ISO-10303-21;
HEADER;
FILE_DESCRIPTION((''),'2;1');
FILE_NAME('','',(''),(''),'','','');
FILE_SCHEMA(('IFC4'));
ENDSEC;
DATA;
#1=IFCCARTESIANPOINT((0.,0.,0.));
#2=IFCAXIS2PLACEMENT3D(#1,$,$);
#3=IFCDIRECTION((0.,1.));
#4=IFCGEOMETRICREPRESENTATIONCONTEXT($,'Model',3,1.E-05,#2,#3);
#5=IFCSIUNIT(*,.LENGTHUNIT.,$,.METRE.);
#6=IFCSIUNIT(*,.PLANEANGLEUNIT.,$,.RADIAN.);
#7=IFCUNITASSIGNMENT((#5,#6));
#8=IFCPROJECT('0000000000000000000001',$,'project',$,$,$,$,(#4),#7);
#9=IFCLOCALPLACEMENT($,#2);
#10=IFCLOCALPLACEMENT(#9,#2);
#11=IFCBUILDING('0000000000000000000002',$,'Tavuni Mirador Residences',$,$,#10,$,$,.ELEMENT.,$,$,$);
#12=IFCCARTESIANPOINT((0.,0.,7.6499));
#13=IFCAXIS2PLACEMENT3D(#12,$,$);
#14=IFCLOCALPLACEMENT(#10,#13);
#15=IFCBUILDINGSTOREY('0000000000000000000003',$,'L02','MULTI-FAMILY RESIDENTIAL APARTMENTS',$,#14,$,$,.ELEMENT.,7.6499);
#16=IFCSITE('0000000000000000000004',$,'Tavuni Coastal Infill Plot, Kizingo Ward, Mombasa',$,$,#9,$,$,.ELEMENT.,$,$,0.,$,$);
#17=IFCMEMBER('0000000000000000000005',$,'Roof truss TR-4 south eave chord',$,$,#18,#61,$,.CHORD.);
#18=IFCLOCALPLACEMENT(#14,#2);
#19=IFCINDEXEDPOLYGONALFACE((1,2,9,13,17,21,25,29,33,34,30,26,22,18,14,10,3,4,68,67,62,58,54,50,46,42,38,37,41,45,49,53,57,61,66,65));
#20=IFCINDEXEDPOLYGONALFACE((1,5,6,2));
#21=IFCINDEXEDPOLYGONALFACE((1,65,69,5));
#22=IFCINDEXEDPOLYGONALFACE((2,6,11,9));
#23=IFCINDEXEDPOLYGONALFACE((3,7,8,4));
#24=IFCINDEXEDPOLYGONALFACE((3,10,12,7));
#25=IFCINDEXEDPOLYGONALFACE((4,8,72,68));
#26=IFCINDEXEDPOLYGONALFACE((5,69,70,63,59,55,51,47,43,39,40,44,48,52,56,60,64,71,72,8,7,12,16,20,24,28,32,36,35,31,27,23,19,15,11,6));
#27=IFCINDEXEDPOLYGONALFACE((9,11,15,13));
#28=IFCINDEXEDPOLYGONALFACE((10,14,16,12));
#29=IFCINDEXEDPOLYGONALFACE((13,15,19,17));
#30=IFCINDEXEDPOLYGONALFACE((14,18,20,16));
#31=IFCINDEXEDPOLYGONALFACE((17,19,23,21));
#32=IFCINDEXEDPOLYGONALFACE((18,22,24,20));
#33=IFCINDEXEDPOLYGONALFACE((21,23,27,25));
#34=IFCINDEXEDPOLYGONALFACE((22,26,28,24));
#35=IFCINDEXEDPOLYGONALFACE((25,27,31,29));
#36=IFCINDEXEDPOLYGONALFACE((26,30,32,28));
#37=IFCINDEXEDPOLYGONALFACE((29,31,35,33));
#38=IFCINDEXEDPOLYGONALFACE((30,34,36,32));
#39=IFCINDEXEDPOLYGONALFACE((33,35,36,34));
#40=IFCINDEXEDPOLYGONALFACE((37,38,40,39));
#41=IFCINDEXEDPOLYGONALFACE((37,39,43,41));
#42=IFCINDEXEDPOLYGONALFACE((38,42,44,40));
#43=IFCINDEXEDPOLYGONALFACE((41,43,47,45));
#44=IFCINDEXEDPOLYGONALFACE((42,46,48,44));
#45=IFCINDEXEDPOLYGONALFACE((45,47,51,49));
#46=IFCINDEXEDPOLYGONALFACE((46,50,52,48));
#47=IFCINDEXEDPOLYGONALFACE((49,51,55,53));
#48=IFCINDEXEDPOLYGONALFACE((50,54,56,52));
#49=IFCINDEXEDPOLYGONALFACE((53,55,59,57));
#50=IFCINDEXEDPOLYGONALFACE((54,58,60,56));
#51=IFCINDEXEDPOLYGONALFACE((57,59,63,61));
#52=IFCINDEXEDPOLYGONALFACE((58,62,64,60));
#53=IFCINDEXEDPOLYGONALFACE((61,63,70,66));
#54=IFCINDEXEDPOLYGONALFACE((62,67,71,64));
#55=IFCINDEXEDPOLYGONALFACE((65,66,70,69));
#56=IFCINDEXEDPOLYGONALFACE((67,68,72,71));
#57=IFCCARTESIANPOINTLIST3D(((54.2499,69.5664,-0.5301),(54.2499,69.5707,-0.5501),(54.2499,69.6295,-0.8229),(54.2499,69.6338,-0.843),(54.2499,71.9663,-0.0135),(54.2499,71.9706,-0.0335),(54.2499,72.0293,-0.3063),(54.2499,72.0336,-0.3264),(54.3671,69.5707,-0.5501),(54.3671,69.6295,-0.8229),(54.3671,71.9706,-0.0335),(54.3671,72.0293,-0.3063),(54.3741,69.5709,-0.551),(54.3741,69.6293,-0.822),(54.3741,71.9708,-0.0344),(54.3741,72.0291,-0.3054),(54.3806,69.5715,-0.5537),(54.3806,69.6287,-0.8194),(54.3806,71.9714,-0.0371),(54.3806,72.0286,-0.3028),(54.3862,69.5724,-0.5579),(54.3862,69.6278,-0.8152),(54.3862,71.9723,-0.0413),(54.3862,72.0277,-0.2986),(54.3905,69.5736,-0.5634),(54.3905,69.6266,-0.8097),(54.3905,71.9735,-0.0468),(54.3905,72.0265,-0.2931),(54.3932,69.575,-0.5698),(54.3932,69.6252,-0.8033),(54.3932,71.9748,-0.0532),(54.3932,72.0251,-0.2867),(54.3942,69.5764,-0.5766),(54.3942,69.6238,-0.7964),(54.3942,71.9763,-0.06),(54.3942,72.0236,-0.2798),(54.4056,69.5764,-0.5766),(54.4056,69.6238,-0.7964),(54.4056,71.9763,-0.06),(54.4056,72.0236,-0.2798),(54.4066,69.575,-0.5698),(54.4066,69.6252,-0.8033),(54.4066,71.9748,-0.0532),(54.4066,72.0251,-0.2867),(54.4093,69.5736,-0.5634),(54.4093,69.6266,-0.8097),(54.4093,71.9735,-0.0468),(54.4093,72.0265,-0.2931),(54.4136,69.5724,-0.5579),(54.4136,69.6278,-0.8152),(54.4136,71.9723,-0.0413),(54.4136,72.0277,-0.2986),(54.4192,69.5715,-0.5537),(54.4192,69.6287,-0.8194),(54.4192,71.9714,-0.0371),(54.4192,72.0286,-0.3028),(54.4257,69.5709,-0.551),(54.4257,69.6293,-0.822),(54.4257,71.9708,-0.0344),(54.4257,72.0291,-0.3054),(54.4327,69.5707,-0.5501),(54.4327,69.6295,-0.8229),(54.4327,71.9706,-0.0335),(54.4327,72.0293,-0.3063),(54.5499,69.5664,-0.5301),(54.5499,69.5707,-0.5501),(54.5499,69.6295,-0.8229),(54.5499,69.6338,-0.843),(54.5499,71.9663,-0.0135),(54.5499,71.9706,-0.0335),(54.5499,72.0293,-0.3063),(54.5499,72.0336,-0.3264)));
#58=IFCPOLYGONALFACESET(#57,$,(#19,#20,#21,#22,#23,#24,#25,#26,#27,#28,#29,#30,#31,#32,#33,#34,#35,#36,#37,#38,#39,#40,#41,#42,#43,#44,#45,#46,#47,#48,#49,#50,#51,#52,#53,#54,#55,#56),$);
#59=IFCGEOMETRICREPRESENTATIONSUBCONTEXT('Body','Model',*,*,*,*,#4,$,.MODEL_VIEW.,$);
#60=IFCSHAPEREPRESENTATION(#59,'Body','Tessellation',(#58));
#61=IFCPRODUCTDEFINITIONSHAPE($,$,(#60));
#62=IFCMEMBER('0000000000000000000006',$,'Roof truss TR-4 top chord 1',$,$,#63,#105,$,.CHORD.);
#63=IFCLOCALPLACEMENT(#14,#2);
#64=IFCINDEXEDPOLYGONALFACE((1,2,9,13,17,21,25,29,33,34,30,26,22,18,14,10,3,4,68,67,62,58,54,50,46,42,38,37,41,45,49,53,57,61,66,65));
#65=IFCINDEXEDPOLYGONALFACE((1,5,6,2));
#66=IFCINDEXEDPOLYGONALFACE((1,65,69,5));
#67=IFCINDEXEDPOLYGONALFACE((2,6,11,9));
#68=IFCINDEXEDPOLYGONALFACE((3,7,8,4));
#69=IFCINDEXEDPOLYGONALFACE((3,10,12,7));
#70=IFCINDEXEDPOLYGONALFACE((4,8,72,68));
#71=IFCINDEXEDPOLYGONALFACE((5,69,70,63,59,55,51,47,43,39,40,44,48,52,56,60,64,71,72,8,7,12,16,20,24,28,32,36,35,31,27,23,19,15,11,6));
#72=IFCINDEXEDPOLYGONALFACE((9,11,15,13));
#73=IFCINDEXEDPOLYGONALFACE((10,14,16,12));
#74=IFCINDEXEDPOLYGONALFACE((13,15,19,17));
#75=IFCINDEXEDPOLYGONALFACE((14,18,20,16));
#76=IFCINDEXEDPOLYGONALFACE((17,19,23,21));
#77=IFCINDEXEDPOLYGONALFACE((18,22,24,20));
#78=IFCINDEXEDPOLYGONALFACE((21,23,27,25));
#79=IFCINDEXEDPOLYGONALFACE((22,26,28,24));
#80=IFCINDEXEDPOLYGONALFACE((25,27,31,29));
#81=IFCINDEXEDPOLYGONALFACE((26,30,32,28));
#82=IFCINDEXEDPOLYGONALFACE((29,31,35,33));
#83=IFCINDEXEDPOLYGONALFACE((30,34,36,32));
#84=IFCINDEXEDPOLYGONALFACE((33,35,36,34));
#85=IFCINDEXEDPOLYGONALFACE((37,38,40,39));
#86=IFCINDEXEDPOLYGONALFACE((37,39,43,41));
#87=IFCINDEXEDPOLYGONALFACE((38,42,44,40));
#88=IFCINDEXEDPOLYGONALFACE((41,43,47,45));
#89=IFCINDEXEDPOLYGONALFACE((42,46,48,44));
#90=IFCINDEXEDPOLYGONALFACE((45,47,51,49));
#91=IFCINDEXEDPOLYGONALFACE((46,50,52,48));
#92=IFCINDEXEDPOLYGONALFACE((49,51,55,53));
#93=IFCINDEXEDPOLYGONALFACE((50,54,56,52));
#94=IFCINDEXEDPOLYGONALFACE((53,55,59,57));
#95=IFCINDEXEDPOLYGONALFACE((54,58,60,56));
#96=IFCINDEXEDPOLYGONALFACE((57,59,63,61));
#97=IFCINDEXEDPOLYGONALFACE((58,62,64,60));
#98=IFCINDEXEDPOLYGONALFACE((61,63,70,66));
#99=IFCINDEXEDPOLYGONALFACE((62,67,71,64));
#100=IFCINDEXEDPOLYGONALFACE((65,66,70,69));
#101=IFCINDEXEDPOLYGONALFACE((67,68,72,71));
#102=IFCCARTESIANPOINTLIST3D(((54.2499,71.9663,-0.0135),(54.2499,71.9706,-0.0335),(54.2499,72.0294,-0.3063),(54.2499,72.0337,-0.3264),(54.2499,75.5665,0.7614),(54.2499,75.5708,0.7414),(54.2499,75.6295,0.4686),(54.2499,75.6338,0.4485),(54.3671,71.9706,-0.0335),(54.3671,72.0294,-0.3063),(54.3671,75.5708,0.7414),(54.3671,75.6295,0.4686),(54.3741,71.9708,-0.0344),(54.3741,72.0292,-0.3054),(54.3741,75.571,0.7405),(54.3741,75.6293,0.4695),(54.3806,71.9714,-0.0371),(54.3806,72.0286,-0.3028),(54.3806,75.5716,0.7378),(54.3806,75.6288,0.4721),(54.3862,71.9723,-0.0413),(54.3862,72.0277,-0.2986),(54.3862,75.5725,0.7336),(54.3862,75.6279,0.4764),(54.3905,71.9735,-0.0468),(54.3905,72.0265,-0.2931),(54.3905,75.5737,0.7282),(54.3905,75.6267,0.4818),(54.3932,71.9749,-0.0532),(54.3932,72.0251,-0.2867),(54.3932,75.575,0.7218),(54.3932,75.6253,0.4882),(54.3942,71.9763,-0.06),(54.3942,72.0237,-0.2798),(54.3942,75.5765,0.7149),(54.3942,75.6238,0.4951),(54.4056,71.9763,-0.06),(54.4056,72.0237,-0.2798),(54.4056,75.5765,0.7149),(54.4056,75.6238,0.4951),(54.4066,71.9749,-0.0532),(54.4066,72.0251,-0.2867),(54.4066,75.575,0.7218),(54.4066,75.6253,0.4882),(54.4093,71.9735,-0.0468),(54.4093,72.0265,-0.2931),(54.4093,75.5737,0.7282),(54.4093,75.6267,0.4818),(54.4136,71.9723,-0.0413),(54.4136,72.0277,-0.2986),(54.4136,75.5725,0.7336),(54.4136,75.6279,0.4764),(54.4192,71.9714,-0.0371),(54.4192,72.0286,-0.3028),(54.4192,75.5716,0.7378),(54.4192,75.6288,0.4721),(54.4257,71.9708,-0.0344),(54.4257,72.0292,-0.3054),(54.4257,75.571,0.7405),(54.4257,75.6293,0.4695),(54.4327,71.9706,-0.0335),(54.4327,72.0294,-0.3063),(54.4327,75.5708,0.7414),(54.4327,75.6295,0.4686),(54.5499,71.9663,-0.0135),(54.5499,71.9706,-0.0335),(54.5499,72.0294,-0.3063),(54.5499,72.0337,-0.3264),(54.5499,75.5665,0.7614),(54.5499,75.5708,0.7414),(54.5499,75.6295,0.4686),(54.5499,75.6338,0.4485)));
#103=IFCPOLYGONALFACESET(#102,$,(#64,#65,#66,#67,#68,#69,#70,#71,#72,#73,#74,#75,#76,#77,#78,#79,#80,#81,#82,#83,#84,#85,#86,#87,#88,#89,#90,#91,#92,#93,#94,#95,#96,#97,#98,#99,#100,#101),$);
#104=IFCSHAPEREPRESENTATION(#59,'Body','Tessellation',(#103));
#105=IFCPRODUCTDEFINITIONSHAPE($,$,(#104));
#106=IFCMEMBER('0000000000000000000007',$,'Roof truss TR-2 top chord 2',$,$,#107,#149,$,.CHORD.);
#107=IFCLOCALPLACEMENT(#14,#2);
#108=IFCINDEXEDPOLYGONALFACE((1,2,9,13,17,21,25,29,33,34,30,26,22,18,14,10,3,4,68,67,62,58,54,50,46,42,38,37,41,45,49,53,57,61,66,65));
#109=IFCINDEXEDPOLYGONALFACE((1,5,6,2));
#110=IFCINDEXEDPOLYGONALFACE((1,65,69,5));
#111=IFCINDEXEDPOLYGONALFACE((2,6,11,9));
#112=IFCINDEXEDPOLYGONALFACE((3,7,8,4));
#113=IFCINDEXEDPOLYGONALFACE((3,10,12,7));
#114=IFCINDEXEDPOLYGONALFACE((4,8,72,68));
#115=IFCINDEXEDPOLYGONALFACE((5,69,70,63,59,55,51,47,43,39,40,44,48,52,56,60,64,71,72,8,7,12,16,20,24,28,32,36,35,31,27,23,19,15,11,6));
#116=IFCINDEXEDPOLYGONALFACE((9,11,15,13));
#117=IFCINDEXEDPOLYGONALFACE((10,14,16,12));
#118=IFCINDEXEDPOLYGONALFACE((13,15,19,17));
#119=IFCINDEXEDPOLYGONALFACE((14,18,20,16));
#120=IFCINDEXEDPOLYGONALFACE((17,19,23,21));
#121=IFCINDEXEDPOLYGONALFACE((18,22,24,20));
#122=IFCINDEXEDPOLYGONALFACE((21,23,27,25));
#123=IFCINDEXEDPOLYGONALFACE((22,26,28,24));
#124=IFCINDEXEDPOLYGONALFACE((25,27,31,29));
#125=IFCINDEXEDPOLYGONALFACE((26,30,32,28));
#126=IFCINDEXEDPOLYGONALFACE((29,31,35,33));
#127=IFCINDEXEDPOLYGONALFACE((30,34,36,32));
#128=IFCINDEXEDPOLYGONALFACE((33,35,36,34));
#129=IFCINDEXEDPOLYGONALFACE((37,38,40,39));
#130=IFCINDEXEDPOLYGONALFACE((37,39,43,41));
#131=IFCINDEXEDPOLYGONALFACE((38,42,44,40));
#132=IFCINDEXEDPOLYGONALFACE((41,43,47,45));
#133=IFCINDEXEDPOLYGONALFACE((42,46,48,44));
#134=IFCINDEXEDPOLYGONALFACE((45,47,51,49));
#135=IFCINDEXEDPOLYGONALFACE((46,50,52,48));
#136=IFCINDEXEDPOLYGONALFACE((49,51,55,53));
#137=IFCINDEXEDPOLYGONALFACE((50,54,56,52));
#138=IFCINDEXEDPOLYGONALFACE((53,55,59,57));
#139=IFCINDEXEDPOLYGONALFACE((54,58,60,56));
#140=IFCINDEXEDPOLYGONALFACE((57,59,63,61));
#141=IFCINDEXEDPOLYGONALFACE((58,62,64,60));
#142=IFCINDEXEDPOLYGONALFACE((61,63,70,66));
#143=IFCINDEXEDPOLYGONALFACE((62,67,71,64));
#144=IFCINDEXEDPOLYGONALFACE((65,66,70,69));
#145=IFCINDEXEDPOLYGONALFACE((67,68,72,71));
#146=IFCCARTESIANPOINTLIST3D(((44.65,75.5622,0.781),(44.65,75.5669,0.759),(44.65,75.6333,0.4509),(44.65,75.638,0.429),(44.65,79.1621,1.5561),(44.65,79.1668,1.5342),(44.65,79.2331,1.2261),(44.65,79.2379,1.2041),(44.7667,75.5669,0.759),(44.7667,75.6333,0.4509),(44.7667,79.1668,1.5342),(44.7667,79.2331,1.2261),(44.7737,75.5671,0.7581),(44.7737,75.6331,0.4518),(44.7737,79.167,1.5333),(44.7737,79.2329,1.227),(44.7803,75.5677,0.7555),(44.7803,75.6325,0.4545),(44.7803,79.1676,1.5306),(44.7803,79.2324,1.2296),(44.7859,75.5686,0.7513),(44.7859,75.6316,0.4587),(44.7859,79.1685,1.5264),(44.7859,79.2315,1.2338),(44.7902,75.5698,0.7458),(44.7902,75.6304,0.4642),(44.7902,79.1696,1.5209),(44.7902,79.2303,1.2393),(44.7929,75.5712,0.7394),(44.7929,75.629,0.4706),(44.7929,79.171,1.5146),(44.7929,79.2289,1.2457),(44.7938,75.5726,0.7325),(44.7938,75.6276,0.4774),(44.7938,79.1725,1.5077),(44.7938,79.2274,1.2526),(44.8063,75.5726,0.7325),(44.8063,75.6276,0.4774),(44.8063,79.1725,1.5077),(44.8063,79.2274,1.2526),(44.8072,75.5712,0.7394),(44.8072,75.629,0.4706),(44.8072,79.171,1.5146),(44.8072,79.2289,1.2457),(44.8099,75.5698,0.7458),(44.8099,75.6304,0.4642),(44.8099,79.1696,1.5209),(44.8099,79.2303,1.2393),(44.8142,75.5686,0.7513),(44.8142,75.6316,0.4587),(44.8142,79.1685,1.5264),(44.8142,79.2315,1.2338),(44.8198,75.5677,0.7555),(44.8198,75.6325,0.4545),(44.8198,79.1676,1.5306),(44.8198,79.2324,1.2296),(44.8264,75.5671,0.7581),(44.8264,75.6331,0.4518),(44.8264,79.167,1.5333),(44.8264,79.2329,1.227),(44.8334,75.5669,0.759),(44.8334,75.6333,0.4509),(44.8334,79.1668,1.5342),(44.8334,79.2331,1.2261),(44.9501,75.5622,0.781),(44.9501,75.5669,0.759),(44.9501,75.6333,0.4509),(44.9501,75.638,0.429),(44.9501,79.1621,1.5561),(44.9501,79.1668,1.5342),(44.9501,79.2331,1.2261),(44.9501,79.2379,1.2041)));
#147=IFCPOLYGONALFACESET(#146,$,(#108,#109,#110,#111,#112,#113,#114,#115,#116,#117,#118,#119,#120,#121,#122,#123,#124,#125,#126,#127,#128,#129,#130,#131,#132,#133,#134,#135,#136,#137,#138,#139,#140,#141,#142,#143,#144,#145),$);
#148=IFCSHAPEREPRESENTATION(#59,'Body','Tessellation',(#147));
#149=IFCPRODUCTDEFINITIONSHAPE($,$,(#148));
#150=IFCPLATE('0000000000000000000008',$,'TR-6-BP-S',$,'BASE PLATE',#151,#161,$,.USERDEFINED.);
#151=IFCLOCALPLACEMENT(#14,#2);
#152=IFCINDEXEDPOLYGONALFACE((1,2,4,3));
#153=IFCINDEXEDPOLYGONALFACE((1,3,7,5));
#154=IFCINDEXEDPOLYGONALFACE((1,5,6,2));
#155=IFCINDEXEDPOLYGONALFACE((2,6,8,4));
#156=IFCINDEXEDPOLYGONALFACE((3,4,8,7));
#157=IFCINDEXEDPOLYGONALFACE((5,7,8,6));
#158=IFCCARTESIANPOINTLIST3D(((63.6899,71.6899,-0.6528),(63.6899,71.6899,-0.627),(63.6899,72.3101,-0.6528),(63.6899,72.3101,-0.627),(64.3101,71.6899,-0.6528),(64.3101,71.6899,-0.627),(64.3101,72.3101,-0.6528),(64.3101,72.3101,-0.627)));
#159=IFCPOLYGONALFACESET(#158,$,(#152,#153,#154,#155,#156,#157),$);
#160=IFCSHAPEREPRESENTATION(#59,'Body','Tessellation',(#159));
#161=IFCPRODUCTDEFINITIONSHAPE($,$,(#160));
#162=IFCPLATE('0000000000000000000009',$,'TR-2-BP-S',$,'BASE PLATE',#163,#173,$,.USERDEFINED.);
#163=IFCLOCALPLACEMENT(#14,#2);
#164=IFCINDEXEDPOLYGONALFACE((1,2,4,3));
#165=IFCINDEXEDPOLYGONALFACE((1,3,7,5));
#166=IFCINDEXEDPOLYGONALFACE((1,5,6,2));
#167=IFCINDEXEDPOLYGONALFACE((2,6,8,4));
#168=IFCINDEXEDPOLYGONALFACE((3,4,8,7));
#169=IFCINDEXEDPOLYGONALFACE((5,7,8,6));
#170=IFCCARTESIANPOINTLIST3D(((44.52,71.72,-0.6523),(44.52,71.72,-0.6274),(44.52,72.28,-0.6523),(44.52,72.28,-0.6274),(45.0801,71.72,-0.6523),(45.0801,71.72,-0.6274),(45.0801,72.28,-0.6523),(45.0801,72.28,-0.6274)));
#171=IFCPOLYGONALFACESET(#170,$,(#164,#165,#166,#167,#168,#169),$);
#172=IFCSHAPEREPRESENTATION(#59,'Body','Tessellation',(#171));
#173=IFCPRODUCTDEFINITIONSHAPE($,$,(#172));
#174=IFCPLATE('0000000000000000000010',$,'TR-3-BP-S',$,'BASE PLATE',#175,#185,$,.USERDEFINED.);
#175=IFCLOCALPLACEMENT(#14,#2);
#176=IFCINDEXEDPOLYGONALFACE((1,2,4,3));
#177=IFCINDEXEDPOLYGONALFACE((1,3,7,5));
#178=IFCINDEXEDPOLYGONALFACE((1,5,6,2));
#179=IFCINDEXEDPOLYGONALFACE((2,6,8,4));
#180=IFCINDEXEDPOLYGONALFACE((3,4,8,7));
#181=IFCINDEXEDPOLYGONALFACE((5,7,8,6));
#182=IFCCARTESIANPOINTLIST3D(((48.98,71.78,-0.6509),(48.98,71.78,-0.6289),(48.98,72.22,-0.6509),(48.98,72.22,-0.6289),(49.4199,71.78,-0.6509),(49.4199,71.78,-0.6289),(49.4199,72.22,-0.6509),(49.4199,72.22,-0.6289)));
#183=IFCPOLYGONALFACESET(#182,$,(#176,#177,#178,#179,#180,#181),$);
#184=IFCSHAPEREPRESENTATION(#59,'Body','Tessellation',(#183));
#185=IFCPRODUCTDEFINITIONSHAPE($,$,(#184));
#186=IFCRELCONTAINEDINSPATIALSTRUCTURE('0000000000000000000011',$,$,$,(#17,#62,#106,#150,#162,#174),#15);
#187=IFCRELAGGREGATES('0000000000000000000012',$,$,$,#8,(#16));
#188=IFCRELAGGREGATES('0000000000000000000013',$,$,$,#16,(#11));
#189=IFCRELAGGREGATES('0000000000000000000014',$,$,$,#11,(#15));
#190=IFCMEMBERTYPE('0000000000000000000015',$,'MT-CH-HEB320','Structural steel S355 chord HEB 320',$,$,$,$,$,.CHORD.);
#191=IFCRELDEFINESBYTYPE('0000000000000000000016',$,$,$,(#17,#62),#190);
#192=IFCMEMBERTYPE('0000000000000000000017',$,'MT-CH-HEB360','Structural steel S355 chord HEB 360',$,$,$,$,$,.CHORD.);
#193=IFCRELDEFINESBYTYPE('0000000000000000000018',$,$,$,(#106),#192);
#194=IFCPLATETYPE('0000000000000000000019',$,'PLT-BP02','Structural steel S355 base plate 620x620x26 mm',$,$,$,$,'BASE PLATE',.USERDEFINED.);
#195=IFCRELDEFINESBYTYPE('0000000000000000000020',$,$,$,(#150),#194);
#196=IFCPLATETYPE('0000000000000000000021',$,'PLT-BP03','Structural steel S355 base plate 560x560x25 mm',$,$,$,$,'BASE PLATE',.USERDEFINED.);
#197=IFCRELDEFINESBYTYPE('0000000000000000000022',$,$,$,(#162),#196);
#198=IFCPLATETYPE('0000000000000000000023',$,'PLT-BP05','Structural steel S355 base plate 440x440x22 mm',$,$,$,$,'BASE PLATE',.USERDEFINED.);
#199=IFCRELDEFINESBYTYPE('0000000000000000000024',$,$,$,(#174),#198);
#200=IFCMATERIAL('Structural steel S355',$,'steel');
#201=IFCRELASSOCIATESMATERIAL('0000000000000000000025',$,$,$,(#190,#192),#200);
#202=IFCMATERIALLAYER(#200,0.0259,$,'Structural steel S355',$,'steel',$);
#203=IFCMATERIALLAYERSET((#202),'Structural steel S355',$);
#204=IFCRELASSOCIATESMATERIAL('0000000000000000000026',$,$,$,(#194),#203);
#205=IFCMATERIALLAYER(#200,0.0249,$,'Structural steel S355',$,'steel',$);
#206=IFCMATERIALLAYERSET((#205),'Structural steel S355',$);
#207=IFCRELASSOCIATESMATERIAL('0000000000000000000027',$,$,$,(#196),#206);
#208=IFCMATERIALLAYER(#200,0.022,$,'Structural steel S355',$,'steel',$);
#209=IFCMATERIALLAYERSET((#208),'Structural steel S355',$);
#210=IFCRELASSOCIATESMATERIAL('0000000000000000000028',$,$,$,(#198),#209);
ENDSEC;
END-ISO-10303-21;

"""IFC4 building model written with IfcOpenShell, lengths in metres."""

from ifc_helpers import new_model, si_unit, direction, frame, origin, origin_2d, place, context, subcontext, project, spatial, rectangle, i_section, extrude, material, layer, layer_set, material_profile, profile_set, type_object, element, save


model = new_model("IFC4")

# Units and contexts
model_context = context("Model", 3, precision=1e-05, world=origin(), true_north=direction((0.0, 1.0)))
body_context = subcontext(model_context, "Body", "Model", "MODEL_VIEW")
ifc_project = project(units=[si_unit("LENGTHUNIT", "METRE"), si_unit("PLANEANGLEUNIT", "RADIAN")], contexts=[model_context])

# Site, building, storey
site_placement = place(None, origin())
site = spatial("IfcSite", under=ifc_project, at=site_placement, Name="Tavuni Coastal Infill Plot, Kizingo Ward, Mombasa", CompositionType="ELEMENT", RefElevation=0.0)
building_placement = place(site_placement, origin())
building = spatial("IfcBuilding", under=site, at=building_placement, Name="Tavuni Mirador Residences", CompositionType="ELEMENT")
storey_placement = place(building_placement, frame((0.0, 0.0, 7.6499)))
storey = spatial("IfcBuildingStorey", under=building, at=storey_placement, Name="L02", Description="MULTI-FAMILY RESIDENTIAL APARTMENTS", CompositionType="ELEMENT", Elevation=7.6499)

# Shared definitions
ifc_material_1 = material(Name="Structural steel S355", Category="steel")

# Members
ifc_material_profile_1 = material_profile(ifc_material_1, i_section(OverallWidth=0.3, OverallDepth=0.3201, WebThickness=0.0115, FlangeThickness=0.0205, FilletRadius=0.0271, at=origin_2d()), Name="HEB 320", Category="steel")
ifc_profile_set_1 = profile_set([ifc_material_profile_1], Name="Structural steel S355")
member_type_1 = type_object("IfcMemberType", Name="MT-CH-HEB320", Description="Structural steel S355 chord HEB 320", PredefinedType="CHORD", material=ifc_profile_set_1)
member_1_placement = place(storey_placement, frame((54.3999, 69.6001, -0.6865), z_axis=(0.0, 0.977607, 0.210439), x_axis=(-1.0, 0.0, 0.0)))
element("IfcMember", 1, at=member_1_placement, inside=storey, type_object=member_type_1, Name="Roof truss TR-4 south eave chord", PredefinedType="CHORD", context=body_context, shape_type="SweptSolid", body=[
    extrude(i_section(OverallWidth=0.3, OverallDepth=0.3201, WebThickness=0.0115, FlangeThickness=0.0205, FilletRadius=0.0271, at=origin_2d()), origin(), (0.0, 0.0, 1.0), 2.4548),
])
member_2_placement = place(storey_placement, frame((54.3999, 72.0, -0.1699), z_axis=(0.0, 0.97761, 0.210425), x_axis=(-1.0, 0.0, 0.0)))
element("IfcMember", 2, at=member_2_placement, inside=storey, type_object=member_type_1, Name="Roof truss TR-4 top chord 1", PredefinedType="CHORD", context=body_context, shape_type="SweptSolid", body=[
    extrude(i_section(OverallWidth=0.3, OverallDepth=0.3201, WebThickness=0.0115, FlangeThickness=0.0205, FilletRadius=0.0271, at=origin_2d()), origin(), (0.0, 0.0, 1.0), 3.6826),
])
ifc_material_profile_2 = material_profile(ifc_material_1, i_section(OverallWidth=0.3, OverallDepth=0.3601, WebThickness=0.0125, FlangeThickness=0.0225, FilletRadius=0.0271, at=origin_2d()), Name="HEB 360", Category="steel")
ifc_profile_set_2 = profile_set([ifc_material_profile_2], Name="Structural steel S355")
member_type_2 = type_object("IfcMemberType", Name="MT-CH-HEB360", Description="Structural steel S355 chord HEB 360", PredefinedType="CHORD", material=ifc_profile_set_2)
member_3_placement = place(storey_placement, frame((44.8, 75.6001, 0.605), z_axis=(0.0, 0.977593, 0.210502), x_axis=(-1.0, 0.0, 0.0)))
element("IfcMember", 3, at=member_3_placement, inside=storey, type_object=member_type_2, Name="Roof truss TR-2 top chord 2", PredefinedType="CHORD", context=body_context, shape_type="SweptSolid", body=[
    extrude(i_section(OverallWidth=0.3, OverallDepth=0.3601, WebThickness=0.0125, FlangeThickness=0.0225, FilletRadius=0.0271, at=origin_2d()), origin(), (0.0, 0.0, 1.0), 3.6824),
])

# Plates
ifc_layer_1 = layer(ifc_material_1, 0.0259, Name="Structural steel S355", Category="steel")
ifc_layer_set_1 = layer_set([ifc_layer_1], Name="Structural steel S355")
plate_type_1 = type_object("IfcPlateType", Name="PLT-BP02", Description="Structural steel S355 base plate 620x620x26 mm", ElementType="BASE PLATE", PredefinedType="USERDEFINED", material=ifc_layer_set_1)
plate_1_placement = place(storey_placement, frame((64.0, 72.0, -0.6528), z_axis=(0.0, 0.0, 1.0), x_axis=(1.0, 0.0, 0.0)))
element("IfcPlate", 4, at=plate_1_placement, inside=storey, type_object=plate_type_1, Name="TR-6-BP-S", ObjectType="BASE PLATE", PredefinedType="USERDEFINED", context=body_context, shape_type="SweptSolid", body=[
    extrude(rectangle(XDim=0.6201, YDim=0.6201, at=origin_2d()), origin(), (0.0, 0.0, 1.0), 0.0259),
])
ifc_layer_2 = layer(ifc_material_1, 0.0249, Name="Structural steel S355", Category="steel")
ifc_layer_set_2 = layer_set([ifc_layer_2], Name="Structural steel S355")
plate_type_2 = type_object("IfcPlateType", Name="PLT-BP03", Description="Structural steel S355 base plate 560x560x25 mm", ElementType="BASE PLATE", PredefinedType="USERDEFINED", material=ifc_layer_set_2)
plate_2_placement = place(storey_placement, frame((44.8, 72.0, -0.6523), z_axis=(0.0, 0.0, 1.0), x_axis=(1.0, 0.0, 0.0)))
element("IfcPlate", 5, at=plate_2_placement, inside=storey, type_object=plate_type_2, Name="TR-2-BP-S", ObjectType="BASE PLATE", PredefinedType="USERDEFINED", context=body_context, shape_type="SweptSolid", body=[
    extrude(rectangle(XDim=0.5601, YDim=0.5601, at=origin_2d()), origin(), (0.0, 0.0, 1.0), 0.0249),
])
ifc_layer_3 = layer(ifc_material_1, 0.022, Name="Structural steel S355", Category="steel")
ifc_layer_set_3 = layer_set([ifc_layer_3], Name="Structural steel S355")
plate_type_3 = type_object("IfcPlateType", Name="PLT-BP05", Description="Structural steel S355 base plate 440x440x22 mm", ElementType="BASE PLATE", PredefinedType="USERDEFINED", material=ifc_layer_set_3)
plate_3_placement = place(storey_placement, frame((49.2, 72.0, -0.6509), z_axis=(0.0, 0.0, 1.0), x_axis=(1.0, 0.0, 0.0)))
element("IfcPlate", 6, at=plate_3_placement, inside=storey, type_object=plate_type_3, Name="TR-3-BP-S", ObjectType="BASE PLATE", PredefinedType="USERDEFINED", context=body_context, shape_type="SweptSolid", body=[
    extrude(rectangle(XDim=0.4399, YDim=0.4399, at=origin_2d()), origin(), (0.0, 0.0, 1.0), 0.022),
])

save(model, "model.ifc")
